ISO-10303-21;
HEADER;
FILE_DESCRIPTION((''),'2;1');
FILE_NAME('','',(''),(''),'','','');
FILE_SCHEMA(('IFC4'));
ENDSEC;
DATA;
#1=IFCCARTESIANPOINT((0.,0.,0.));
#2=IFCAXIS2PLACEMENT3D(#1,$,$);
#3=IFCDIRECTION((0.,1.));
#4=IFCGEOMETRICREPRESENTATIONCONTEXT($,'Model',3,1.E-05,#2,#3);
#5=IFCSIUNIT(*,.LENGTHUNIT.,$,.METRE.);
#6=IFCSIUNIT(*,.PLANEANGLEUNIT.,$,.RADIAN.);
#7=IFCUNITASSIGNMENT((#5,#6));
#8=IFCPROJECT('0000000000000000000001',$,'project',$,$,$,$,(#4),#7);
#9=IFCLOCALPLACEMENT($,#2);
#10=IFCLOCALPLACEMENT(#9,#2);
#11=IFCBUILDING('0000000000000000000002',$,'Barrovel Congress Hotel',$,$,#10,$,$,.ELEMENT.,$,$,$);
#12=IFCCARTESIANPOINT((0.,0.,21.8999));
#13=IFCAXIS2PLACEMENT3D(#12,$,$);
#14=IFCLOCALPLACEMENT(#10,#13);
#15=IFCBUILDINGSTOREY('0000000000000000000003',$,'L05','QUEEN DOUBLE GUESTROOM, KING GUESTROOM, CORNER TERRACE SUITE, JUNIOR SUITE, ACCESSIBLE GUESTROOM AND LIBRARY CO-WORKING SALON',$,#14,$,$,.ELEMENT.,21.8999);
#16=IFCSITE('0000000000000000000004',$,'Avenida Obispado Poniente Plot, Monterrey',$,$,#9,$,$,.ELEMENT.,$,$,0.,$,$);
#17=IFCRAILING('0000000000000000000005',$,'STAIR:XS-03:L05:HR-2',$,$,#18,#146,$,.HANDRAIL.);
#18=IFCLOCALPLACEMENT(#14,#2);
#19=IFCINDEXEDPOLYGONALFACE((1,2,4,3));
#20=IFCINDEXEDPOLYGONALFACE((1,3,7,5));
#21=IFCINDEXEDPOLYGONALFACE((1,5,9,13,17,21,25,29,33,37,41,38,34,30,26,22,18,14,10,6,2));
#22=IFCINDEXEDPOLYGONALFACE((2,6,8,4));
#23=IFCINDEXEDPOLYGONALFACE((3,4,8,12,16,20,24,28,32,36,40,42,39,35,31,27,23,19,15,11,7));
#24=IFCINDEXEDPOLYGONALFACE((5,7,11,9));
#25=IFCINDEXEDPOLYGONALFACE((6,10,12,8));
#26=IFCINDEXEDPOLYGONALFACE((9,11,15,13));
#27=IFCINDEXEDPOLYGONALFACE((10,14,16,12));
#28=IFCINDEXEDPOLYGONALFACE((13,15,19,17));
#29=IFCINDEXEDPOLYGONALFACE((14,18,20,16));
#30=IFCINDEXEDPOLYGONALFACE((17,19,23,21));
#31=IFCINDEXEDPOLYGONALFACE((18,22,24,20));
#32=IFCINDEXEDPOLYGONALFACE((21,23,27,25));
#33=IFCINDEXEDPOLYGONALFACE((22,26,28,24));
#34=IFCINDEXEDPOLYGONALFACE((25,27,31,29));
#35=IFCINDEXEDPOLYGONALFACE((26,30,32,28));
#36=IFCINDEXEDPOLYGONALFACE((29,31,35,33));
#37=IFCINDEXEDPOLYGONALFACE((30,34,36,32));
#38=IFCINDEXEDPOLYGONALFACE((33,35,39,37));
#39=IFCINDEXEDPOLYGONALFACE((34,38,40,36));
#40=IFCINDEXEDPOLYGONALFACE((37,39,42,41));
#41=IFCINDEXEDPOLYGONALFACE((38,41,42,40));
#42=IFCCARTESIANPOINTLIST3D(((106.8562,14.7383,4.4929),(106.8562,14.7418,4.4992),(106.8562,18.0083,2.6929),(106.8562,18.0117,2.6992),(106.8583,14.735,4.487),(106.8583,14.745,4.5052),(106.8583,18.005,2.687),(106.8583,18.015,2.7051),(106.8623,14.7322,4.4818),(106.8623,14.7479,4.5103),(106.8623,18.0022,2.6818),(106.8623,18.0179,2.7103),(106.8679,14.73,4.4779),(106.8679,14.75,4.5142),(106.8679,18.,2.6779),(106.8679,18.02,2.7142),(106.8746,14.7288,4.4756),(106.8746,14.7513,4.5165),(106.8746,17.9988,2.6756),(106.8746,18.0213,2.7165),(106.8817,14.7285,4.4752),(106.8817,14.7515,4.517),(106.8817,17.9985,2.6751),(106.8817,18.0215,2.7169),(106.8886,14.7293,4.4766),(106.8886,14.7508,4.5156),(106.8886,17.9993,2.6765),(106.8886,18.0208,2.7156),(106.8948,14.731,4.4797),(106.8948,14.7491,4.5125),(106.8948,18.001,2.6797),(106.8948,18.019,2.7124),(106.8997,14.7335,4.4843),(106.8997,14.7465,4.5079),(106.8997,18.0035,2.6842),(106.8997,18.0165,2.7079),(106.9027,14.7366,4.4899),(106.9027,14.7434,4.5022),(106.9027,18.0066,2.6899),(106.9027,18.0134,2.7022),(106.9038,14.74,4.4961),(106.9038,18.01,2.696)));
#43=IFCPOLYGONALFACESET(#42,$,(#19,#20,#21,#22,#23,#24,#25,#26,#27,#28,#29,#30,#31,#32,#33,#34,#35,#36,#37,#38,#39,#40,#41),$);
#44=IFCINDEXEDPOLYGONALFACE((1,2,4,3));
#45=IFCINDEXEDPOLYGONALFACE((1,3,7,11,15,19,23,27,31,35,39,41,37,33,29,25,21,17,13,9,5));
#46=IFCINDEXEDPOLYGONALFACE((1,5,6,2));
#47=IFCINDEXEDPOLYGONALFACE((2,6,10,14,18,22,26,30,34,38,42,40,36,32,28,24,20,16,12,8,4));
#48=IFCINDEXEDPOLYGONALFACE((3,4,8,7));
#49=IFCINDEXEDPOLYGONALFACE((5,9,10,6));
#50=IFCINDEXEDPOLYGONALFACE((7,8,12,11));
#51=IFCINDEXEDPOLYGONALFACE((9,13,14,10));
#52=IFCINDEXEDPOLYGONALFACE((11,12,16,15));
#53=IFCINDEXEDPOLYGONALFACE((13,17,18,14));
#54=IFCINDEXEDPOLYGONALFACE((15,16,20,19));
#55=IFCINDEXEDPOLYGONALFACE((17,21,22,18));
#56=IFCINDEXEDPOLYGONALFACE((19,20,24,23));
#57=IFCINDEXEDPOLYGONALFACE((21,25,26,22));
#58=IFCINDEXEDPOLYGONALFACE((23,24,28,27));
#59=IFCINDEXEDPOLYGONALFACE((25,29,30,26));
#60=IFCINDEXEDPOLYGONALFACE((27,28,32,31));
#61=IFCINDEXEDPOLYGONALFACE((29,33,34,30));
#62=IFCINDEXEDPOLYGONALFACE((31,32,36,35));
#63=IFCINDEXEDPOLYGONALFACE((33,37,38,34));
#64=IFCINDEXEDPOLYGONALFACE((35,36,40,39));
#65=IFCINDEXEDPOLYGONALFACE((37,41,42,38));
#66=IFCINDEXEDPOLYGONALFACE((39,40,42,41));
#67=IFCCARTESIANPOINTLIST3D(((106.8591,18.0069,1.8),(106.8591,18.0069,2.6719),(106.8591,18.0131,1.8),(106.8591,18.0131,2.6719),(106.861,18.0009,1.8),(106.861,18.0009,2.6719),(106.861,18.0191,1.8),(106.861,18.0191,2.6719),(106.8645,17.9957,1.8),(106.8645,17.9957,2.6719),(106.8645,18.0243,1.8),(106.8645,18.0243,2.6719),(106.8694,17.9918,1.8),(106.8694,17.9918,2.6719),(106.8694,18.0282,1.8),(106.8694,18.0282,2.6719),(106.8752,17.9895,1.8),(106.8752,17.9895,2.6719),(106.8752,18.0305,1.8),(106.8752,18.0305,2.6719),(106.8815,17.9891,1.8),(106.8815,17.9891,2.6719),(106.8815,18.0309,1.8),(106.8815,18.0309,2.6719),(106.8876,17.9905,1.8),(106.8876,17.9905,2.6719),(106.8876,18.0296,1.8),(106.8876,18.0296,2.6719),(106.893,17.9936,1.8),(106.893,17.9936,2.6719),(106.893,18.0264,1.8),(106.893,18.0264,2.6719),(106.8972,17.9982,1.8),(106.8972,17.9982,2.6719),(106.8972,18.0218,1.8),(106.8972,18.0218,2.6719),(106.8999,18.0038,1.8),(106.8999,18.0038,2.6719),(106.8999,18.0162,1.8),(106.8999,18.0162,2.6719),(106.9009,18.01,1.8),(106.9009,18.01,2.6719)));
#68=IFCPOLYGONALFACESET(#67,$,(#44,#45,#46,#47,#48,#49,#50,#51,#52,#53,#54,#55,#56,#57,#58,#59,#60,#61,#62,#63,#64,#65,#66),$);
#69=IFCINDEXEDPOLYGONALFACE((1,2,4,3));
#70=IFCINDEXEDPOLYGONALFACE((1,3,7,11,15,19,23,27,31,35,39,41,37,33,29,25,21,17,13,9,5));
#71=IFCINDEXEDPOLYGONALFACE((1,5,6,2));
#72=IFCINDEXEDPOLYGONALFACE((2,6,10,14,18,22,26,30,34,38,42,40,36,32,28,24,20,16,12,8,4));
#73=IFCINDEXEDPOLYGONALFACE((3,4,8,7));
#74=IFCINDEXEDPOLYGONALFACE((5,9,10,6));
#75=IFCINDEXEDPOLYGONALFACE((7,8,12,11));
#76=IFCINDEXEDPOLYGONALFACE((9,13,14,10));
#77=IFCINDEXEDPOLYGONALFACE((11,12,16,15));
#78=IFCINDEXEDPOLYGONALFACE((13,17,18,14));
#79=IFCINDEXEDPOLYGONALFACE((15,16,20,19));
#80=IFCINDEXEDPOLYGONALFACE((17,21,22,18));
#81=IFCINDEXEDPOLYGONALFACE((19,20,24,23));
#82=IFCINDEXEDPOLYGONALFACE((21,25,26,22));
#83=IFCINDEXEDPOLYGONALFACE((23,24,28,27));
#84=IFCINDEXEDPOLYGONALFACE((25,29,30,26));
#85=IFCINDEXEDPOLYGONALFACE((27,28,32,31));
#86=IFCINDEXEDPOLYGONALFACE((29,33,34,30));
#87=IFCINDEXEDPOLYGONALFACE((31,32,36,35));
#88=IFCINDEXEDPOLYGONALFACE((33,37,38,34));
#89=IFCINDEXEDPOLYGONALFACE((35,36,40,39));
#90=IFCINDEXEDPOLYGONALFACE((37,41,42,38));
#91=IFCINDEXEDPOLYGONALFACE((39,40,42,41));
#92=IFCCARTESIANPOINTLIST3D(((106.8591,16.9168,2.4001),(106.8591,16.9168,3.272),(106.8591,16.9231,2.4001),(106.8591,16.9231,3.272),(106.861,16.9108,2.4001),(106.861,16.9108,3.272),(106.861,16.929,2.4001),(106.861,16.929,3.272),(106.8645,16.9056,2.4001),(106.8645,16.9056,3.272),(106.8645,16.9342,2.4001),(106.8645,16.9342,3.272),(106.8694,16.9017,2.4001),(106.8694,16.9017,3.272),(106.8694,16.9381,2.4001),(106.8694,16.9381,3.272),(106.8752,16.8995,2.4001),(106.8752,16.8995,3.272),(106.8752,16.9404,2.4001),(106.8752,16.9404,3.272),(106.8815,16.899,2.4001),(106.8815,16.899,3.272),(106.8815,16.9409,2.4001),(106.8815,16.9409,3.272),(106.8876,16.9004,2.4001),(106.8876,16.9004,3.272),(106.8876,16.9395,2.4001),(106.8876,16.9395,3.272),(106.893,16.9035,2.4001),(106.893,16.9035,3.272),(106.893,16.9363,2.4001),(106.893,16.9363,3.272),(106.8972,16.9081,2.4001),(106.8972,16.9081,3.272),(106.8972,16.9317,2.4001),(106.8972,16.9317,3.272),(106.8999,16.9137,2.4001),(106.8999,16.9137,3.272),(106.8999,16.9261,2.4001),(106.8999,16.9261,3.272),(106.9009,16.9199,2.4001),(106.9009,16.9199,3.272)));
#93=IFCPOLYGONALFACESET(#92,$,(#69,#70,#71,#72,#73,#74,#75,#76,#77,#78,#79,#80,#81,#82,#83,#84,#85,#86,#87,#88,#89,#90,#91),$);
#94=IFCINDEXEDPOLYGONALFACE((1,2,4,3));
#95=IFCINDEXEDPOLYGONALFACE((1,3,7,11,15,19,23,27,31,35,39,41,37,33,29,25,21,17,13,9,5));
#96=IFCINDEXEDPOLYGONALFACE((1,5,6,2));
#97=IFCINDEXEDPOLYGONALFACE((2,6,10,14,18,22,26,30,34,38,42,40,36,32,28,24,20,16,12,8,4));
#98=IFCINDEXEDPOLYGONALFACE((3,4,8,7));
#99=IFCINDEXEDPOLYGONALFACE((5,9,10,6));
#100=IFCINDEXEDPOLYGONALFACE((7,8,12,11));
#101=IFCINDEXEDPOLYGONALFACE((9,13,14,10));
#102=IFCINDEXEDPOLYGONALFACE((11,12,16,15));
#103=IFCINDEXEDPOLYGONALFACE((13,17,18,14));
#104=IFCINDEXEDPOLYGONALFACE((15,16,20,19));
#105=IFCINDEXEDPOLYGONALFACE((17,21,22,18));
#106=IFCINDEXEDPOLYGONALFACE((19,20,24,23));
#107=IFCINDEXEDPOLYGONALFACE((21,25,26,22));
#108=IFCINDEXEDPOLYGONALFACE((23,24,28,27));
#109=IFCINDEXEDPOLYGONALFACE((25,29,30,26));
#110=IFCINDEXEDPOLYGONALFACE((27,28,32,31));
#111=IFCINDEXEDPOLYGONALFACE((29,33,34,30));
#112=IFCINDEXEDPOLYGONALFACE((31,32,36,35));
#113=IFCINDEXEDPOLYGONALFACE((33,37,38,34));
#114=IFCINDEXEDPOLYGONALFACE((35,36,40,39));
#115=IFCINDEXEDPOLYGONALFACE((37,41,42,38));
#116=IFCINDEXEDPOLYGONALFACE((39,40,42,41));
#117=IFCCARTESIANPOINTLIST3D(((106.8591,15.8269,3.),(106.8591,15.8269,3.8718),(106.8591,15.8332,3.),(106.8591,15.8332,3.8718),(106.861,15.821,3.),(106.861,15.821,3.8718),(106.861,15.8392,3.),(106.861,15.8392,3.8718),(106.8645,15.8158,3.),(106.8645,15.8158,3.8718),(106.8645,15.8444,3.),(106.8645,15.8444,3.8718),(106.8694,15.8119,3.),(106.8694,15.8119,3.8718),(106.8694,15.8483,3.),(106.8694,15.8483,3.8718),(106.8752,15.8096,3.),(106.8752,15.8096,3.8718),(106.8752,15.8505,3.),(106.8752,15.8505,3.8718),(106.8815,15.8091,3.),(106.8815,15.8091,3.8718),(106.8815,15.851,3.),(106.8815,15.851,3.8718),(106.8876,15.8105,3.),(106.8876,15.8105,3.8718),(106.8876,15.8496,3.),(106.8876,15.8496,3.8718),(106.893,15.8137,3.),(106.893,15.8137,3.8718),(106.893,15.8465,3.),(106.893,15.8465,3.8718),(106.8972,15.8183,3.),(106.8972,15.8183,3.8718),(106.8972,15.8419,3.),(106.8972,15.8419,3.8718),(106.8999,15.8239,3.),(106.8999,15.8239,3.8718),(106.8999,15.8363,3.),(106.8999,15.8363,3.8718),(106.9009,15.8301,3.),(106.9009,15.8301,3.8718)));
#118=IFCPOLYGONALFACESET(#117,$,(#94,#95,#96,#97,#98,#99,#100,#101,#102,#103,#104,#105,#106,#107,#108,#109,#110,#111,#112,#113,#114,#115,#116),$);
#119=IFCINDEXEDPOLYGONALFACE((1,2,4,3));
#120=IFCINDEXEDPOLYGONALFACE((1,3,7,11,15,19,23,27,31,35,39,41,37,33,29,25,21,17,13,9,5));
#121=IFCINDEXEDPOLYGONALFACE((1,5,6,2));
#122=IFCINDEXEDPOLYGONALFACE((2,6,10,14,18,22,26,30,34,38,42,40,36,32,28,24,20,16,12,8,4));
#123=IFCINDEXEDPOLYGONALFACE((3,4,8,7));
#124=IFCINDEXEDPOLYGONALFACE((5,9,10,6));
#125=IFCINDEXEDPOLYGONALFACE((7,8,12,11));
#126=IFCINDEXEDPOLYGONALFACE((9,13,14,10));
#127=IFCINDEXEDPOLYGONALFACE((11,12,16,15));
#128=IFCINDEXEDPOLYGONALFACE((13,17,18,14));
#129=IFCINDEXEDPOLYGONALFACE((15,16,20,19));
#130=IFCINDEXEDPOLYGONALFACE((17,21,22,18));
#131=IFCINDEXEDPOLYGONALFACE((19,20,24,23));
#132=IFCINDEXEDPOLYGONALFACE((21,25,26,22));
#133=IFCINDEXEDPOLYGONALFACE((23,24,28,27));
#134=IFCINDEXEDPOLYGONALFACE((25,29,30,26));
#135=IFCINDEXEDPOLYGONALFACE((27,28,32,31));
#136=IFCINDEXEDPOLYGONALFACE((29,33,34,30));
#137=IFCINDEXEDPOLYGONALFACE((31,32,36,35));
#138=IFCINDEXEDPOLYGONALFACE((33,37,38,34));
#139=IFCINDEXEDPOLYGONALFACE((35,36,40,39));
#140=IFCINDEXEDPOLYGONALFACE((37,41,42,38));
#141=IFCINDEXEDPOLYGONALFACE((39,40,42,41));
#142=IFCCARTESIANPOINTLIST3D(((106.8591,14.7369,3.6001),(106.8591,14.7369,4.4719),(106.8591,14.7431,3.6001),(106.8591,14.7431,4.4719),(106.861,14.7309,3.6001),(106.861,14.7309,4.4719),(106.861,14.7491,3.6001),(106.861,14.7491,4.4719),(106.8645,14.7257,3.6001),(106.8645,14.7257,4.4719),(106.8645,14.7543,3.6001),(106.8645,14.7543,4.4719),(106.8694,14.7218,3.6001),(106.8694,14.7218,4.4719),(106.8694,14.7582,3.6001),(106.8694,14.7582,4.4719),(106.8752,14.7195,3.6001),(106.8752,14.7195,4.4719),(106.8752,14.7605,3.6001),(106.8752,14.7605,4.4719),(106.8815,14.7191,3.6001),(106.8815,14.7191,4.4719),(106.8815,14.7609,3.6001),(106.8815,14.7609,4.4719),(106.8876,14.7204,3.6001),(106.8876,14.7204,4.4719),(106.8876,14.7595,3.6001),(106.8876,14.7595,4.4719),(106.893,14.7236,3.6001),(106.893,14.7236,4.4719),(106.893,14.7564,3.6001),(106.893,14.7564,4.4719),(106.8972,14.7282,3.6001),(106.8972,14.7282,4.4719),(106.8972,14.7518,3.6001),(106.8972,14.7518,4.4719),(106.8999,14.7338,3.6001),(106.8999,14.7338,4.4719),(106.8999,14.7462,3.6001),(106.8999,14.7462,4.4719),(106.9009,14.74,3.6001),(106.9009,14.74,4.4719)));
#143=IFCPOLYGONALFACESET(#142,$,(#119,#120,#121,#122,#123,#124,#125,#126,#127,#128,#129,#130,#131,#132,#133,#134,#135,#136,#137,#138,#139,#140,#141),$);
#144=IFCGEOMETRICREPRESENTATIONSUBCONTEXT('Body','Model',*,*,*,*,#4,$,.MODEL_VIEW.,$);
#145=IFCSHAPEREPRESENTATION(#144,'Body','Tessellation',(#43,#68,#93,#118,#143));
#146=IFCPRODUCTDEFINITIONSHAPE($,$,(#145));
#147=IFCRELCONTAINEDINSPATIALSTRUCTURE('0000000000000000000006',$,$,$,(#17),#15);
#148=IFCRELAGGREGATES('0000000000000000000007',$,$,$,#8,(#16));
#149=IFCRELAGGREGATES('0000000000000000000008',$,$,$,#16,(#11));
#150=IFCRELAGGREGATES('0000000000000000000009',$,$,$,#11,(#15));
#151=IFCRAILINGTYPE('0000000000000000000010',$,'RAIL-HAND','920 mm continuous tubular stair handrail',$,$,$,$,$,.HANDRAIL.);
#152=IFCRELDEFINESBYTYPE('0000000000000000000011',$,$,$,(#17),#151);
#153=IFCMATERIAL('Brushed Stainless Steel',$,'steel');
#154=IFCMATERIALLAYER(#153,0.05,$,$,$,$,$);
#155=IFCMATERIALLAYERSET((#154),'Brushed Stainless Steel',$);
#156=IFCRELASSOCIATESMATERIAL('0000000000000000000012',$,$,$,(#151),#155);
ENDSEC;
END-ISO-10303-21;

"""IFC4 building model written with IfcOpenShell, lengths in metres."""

from ifc_helpers import new_model, si_unit, direction, frame, origin, origin_2d, place, context, subcontext, project, spatial, circle, extrude, material, layer, layer_set, type_object, element, save


model = new_model("IFC4")

# Units and contexts
model_context = context("Model", 3, precision=1e-05, world=origin(), true_north=direction((0.0, 1.0)))
body_context = subcontext(model_context, "Body", "Model", "MODEL_VIEW")
ifc_project = project(units=[si_unit("LENGTHUNIT", "METRE"), si_unit("PLANEANGLEUNIT", "RADIAN")], contexts=[model_context])

# Site, building, storey
site_placement = place(None, origin())
site = spatial("IfcSite", under=ifc_project, at=site_placement, Name="Avenida Obispado Poniente Plot, Monterrey", CompositionType="ELEMENT", RefElevation=0.0)
building_placement = place(site_placement, origin())
building = spatial("IfcBuilding", under=site, at=building_placement, Name="Barrovel Congress Hotel", CompositionType="ELEMENT")
storey_placement = place(building_placement, frame((0.0, 0.0, 21.8999)))
storey = spatial("IfcBuildingStorey", under=building, at=storey_placement, Name="L05", Description="QUEEN DOUBLE GUESTROOM, KING GUESTROOM, CORNER TERRACE SUITE, JUNIOR SUITE, ACCESSIBLE GUESTROOM AND LIBRARY CO-WORKING SALON", CompositionType="ELEMENT", Elevation=21.8999)

# Railing
ifc_material_1 = material(Name="Brushed Stainless Steel", Category="steel")
ifc_layer_1 = layer(ifc_material_1, 0.05)
ifc_layer_set_1 = layer_set([ifc_layer_1], Name="Brushed Stainless Steel")
railing_type_1 = type_object("IfcRailingType", Name="RAIL-HAND", Description="920 mm continuous tubular stair handrail", PredefinedType="HANDRAIL", material=ifc_layer_set_1)
railing_1_placement = place(storey_placement, frame((106.8799, 18.01, 1.8)))
element("IfcRailing", 1, at=railing_1_placement, inside=storey, type_object=railing_type_1, Name="STAIR:XS-03:L05:HR-2", PredefinedType="HANDRAIL", context=body_context, shape_type="SweptSolid", body=[
    extrude(circle(Radius=0.0239, at=origin_2d()), frame((0.0, 0.0, 0.896), z_axis=(0.0, -0.876042, 0.482235), x_axis=(1.0, 0.0, 0.0)), (0.0, 0.0, 1.0), 3.7327),
    extrude(circle(Radius=0.021, at=origin_2d()), origin(), (0.0, 0.0, 1.0), 0.8718),
    extrude(circle(Radius=0.021, at=origin_2d()), frame((0.0, -1.0901, 0.6001)), (0.0, 0.0, 1.0), 0.8718),
    extrude(circle(Radius=0.021, at=origin_2d()), frame((0.0, -2.1799, 1.2)), (0.0, 0.0, 1.0), 0.8718),
    extrude(circle(Radius=0.021, at=origin_2d()), frame((0.0, -3.27, 1.8)), (0.0, 0.0, 1.0), 0.8718),
])

save(model, "model.ifc")
